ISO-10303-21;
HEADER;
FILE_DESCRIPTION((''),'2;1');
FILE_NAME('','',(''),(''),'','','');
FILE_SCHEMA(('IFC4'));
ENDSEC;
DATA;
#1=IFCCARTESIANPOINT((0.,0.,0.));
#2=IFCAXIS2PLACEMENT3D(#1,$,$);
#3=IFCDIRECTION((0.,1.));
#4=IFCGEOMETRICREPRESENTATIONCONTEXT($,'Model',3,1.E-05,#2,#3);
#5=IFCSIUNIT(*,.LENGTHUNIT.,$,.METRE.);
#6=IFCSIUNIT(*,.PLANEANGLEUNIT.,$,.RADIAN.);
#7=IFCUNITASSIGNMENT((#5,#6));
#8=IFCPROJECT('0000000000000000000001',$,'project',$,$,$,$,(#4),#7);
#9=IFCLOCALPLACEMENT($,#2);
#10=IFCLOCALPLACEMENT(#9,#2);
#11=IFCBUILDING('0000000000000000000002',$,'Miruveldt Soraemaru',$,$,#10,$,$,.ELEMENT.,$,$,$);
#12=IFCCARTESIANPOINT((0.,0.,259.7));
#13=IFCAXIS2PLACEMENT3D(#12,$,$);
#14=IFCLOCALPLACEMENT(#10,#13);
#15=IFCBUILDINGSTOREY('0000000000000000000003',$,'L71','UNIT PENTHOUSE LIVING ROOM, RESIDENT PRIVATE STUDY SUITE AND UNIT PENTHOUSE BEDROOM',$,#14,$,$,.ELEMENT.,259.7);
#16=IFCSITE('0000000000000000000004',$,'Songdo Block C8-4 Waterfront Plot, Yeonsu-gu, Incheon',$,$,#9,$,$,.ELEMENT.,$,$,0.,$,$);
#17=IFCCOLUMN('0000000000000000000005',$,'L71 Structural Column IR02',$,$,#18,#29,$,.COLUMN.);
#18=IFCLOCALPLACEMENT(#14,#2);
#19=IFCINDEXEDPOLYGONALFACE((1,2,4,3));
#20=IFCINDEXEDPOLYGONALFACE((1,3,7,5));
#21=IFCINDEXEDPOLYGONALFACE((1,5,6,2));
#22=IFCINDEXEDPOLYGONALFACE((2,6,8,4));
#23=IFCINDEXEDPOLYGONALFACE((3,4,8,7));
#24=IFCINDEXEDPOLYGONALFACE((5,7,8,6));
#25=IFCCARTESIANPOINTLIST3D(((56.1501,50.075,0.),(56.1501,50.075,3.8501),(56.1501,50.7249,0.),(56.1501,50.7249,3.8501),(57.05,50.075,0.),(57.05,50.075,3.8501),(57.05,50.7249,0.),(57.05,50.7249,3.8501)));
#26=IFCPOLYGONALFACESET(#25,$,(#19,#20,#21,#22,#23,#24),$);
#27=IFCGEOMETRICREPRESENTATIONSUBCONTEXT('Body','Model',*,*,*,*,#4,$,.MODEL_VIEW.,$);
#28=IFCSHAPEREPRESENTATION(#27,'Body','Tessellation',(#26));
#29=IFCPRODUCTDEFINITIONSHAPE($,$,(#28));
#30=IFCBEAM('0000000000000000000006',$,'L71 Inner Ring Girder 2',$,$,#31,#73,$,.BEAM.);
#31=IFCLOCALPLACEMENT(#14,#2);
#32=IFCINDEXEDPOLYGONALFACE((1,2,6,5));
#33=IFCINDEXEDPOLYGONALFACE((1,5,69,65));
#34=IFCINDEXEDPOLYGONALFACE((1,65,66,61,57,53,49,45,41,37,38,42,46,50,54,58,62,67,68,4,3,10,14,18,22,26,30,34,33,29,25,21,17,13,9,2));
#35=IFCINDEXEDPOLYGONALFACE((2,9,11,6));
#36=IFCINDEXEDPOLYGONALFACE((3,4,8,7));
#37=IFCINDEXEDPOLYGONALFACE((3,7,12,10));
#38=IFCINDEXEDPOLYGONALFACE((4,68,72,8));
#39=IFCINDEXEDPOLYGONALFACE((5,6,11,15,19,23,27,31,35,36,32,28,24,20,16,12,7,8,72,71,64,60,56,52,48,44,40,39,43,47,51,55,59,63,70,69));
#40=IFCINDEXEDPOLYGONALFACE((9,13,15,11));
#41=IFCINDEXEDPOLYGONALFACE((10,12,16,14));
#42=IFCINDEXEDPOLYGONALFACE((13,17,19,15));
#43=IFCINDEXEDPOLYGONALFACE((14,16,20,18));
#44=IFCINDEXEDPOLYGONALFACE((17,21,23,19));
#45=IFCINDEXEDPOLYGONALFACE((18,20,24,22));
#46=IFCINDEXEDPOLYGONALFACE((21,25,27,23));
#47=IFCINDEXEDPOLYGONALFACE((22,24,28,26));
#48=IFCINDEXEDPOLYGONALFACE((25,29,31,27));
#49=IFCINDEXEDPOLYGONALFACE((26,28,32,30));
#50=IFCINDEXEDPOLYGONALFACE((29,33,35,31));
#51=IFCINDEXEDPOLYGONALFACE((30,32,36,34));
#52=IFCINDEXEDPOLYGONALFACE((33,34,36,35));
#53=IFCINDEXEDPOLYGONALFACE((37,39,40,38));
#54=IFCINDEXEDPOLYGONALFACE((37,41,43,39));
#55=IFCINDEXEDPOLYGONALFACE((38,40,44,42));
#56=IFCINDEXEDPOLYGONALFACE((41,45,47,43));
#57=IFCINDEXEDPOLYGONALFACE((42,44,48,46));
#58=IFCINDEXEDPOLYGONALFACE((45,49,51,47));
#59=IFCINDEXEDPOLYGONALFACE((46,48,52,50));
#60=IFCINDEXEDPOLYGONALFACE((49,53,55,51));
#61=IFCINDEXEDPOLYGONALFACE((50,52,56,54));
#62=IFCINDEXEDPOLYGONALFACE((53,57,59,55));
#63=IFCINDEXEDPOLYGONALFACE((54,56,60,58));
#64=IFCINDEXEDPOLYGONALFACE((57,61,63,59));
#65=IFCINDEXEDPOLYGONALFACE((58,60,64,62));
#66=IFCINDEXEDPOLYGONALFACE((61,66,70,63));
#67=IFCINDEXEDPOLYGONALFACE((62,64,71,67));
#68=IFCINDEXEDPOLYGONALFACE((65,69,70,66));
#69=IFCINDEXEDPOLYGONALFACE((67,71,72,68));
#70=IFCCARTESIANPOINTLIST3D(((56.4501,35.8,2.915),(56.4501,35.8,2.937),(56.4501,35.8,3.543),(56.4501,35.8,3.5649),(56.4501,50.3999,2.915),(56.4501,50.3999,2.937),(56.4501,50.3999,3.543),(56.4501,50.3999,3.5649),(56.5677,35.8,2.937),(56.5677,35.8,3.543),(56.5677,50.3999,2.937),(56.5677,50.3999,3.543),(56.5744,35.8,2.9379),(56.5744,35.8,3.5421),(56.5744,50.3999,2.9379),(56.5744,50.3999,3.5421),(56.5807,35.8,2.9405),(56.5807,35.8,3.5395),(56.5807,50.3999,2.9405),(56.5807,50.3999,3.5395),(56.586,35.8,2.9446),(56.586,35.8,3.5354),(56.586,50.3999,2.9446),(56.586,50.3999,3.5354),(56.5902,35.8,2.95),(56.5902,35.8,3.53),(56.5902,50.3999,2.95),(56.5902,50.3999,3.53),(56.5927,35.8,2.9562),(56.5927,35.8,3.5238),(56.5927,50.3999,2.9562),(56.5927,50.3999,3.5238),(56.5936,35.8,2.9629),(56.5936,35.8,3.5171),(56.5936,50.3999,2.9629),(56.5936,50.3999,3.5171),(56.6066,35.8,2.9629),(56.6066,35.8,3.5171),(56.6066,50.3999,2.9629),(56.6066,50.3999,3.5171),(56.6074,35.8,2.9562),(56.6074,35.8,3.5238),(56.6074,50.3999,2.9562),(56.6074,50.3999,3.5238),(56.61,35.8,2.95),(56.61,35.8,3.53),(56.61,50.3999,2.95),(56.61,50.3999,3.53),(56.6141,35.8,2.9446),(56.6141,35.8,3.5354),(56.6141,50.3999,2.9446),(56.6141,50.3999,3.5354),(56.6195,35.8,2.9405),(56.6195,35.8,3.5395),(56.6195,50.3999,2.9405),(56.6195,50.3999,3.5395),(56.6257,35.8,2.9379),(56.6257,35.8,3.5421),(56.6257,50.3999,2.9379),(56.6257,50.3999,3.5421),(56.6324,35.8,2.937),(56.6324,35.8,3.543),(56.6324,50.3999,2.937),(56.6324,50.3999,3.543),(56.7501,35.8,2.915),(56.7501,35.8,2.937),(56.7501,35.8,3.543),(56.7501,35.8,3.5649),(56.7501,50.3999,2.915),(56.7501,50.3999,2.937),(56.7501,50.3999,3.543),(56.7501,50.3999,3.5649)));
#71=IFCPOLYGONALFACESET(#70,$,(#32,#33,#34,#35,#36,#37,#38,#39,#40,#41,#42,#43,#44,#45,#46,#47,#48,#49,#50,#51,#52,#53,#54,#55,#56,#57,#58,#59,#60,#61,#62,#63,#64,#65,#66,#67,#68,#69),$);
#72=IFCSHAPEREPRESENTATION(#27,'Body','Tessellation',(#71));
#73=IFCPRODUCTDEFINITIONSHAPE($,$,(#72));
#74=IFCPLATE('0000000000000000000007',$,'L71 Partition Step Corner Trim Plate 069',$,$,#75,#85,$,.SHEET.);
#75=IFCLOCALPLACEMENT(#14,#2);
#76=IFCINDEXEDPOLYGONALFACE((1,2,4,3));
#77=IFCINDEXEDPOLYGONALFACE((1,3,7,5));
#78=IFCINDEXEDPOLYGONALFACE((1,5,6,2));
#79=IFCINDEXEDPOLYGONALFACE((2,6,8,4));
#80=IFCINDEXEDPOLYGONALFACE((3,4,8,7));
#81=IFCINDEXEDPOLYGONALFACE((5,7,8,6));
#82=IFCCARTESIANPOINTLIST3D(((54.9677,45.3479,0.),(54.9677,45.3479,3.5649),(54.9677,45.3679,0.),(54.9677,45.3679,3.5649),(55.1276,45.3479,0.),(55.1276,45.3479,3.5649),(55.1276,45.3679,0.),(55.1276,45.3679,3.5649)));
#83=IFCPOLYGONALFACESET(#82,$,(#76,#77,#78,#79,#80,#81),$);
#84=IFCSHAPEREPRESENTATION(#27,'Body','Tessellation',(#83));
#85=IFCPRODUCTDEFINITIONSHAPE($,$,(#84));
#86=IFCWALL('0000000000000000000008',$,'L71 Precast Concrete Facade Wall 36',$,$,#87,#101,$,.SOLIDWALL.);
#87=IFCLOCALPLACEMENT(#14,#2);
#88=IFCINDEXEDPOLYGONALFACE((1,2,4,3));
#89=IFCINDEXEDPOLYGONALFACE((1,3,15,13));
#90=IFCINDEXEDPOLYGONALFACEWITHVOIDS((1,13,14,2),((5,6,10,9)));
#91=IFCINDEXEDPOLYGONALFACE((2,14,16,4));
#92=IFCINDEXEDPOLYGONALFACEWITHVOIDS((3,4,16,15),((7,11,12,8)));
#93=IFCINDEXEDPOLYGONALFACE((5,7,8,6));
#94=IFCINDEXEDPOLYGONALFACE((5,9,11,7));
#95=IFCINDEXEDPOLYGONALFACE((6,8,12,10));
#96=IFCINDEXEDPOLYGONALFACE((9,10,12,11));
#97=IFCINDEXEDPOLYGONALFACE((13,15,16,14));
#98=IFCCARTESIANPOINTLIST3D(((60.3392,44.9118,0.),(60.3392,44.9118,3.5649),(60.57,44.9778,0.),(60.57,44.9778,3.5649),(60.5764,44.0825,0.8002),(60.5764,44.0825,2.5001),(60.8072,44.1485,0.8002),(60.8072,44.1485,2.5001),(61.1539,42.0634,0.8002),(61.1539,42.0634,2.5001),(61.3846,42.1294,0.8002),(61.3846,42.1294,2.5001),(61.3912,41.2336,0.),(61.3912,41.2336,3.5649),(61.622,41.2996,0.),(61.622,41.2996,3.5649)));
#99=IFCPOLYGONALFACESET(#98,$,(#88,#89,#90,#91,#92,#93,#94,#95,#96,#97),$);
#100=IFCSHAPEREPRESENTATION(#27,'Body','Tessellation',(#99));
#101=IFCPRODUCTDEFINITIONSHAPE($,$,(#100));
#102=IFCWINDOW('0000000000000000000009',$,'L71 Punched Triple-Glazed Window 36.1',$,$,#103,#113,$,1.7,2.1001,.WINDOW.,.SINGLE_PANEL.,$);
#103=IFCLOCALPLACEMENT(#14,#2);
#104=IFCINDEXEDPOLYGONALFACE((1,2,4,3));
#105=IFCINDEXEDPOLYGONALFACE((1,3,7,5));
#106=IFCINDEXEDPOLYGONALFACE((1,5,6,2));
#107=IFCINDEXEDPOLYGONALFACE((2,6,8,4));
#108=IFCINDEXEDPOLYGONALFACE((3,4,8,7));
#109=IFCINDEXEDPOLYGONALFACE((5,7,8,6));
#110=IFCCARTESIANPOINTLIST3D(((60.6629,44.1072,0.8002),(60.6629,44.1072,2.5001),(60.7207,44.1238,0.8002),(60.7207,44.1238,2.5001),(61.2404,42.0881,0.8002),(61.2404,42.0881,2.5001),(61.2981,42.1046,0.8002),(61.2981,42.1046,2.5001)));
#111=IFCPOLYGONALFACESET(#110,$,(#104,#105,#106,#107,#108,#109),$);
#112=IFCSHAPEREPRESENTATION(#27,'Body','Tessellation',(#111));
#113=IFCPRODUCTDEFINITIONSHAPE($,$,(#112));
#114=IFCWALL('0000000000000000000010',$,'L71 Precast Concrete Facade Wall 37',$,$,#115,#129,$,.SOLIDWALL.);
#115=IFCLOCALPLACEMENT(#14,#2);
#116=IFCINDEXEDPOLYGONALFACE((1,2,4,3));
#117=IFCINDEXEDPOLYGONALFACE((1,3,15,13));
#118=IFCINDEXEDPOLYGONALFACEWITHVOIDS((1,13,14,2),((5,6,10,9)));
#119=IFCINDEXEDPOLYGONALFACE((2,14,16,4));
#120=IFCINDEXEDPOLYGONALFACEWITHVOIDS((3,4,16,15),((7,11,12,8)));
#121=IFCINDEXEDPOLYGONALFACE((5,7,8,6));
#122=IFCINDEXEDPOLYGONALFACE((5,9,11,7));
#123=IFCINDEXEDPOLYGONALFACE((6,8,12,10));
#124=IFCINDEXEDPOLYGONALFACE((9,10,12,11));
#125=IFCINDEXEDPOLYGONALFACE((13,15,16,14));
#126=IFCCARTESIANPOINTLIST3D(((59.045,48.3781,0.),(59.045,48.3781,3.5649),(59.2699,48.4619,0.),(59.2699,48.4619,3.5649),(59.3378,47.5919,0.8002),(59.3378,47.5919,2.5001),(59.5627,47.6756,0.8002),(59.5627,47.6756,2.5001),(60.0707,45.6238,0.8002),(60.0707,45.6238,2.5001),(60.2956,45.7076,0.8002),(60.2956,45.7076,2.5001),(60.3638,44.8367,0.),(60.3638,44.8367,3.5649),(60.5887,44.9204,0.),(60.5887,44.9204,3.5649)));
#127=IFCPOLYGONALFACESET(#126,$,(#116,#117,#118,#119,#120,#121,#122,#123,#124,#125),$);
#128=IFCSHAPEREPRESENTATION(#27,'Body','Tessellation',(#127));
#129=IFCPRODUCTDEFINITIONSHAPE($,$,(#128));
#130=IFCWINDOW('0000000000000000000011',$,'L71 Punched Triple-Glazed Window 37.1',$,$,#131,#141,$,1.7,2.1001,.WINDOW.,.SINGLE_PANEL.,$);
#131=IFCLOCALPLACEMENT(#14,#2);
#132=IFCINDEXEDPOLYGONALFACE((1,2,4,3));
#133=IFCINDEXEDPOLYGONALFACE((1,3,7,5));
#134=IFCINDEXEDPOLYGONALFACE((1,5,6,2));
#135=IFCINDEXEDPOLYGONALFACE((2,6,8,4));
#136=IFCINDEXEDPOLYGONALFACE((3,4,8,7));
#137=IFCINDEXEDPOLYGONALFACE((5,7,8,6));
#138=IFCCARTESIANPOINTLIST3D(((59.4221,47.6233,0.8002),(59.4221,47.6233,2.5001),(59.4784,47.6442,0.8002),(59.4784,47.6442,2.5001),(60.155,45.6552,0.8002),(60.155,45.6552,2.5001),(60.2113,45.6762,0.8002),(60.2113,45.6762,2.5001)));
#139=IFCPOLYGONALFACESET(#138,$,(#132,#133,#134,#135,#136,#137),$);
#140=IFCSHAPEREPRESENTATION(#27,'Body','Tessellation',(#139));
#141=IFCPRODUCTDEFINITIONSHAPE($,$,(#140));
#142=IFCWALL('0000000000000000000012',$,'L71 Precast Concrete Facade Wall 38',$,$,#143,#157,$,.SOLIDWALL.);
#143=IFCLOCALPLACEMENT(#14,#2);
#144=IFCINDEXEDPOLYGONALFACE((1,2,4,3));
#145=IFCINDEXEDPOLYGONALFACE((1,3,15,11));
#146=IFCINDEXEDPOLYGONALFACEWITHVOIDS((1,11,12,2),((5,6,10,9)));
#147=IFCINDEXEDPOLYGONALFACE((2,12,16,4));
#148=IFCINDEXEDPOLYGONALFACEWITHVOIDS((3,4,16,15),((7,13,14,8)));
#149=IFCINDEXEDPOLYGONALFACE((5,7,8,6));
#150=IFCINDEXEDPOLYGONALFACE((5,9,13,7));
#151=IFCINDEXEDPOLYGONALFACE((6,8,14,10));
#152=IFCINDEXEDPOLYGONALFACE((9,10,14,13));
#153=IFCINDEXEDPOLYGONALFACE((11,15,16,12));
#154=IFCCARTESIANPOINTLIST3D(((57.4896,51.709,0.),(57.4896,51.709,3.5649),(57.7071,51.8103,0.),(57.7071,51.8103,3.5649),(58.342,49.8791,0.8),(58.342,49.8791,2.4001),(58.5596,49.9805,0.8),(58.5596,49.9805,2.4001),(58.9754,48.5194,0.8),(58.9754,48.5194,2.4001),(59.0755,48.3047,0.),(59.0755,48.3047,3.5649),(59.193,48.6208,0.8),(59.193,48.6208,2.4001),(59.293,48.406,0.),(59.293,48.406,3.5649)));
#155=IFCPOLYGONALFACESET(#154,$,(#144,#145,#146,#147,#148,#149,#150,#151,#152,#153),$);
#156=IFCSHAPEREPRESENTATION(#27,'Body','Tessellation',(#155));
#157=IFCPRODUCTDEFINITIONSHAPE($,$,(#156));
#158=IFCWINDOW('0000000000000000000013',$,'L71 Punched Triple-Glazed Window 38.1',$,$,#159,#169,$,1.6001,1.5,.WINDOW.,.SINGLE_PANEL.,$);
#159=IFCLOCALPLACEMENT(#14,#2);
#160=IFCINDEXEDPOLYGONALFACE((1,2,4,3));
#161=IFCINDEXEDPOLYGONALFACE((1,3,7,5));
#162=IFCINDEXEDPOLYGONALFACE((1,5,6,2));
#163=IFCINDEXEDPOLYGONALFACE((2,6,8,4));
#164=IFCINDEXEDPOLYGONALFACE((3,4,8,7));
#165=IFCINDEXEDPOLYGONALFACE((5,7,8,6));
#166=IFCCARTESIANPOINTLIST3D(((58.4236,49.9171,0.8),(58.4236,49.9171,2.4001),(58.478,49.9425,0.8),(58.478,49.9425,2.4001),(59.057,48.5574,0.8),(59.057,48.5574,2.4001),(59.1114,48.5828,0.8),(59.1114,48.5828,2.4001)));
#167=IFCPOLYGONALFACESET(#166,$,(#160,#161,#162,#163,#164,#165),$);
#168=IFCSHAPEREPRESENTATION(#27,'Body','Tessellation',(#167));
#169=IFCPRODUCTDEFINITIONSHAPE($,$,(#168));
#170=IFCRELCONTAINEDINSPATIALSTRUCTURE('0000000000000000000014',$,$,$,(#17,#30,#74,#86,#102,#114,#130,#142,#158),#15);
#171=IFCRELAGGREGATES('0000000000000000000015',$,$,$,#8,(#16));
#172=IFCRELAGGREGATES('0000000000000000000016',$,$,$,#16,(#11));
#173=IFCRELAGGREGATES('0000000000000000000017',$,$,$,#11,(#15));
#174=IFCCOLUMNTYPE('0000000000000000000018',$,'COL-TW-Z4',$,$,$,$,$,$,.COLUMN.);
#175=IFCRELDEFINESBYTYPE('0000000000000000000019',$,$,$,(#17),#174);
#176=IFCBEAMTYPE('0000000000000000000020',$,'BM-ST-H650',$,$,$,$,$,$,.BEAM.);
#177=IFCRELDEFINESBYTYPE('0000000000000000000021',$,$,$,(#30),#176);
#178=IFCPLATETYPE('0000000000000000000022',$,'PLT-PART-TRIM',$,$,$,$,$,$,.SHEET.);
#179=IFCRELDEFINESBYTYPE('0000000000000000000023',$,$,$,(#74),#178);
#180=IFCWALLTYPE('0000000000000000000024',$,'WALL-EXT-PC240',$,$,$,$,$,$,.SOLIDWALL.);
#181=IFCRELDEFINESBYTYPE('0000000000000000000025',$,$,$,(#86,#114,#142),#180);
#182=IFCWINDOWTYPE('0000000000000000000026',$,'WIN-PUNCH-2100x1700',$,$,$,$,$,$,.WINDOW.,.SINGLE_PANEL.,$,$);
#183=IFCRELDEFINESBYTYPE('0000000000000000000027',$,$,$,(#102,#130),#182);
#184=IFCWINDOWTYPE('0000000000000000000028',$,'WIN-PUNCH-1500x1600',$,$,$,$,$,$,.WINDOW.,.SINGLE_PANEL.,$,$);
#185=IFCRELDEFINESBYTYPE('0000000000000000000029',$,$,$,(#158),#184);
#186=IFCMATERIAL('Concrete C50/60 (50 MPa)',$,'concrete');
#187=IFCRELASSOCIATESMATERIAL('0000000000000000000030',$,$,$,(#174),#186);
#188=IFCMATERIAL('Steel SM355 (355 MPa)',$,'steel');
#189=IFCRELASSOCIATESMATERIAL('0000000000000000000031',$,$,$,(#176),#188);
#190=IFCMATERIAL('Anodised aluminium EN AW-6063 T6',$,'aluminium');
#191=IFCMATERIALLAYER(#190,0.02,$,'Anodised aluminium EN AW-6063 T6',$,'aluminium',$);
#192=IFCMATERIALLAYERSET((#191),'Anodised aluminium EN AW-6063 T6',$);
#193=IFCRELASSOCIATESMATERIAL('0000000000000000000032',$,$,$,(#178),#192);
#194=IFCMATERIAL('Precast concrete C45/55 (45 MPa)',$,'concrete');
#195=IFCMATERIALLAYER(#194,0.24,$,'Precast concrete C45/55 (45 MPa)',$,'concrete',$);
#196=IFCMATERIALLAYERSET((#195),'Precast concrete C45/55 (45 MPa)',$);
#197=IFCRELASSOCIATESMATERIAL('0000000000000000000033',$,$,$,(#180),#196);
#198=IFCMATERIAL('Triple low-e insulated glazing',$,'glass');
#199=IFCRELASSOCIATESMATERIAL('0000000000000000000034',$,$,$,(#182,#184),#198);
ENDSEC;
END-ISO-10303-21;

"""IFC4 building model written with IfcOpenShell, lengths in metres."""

from ifc_helpers import new_model, si_unit, direction, frame, frame_2d, origin, origin_2d, place, context, subcontext, project, spatial, rectangle, i_section, extrude, material, layer, layer_set, material_profile, profile_set, type_object, element, fill, save


model = new_model("IFC4")

# Units and contexts
model_context = context("Model", 3, precision=1e-05, world=origin(), true_north=direction((0.0, 1.0)))
body_context = subcontext(model_context, "Body", "Model", "MODEL_VIEW")
ifc_project = project(units=[si_unit("LENGTHUNIT", "METRE"), si_unit("PLANEANGLEUNIT", "RADIAN")], contexts=[model_context])

# Site, building, storey
site_placement = place(None, origin())
site = spatial("IfcSite", under=ifc_project, at=site_placement, Name="Songdo Block C8-4 Waterfront Plot, Yeonsu-gu, Incheon", CompositionType="ELEMENT", RefElevation=0.0)
building_placement = place(site_placement, origin())
building = spatial("IfcBuilding", under=site, at=building_placement, Name="Miruveldt Soraemaru", CompositionType="ELEMENT")
storey_placement = place(building_placement, frame((0.0, 0.0, 259.7)))
storey = spatial("IfcBuildingStorey", under=building, at=storey_placement, Name="L71", Description="UNIT PENTHOUSE LIVING ROOM, RESIDENT PRIVATE STUDY SUITE AND UNIT PENTHOUSE BEDROOM", CompositionType="ELEMENT", Elevation=259.7)

# Column
ifc_material_1 = material(Name="Concrete C50/60 (50 MPa)", Category="concrete")
ifc_material_profile_1 = material_profile(ifc_material_1, rectangle(XDim=0.8999, YDim=0.6499, at=origin_2d()), Name="Concrete C50/60 (50 MPa)", Category="concrete")
ifc_profile_set_1 = profile_set([ifc_material_profile_1], Name="Concrete C50/60 (50 MPa)")
column_type = type_object("IfcColumnType", Name="COL-TW-Z4", PredefinedType="COLUMN", material=ifc_profile_set_1)
column_placement = place(storey_placement, frame((56.6001, 50.3999, 0.0), z_axis=(0.0, 0.0, 1.0), x_axis=(1.0, 0.0, 0.0)))
element("IfcColumn", 1, at=column_placement, inside=storey, type_object=column_type, Name="L71 Structural Column IR02", PredefinedType="COLUMN", context=body_context, shape_type="SweptSolid", body=[
    extrude(rectangle(XDim=0.8999, YDim=0.6499, at=origin_2d()), origin(), (0.0, 0.0, 1.0), 3.8501),
])

# Beam
ifc_material_2 = material(Name="Steel SM355 (355 MPa)", Category="steel")
ifc_material_profile_2 = material_profile(ifc_material_2, i_section(OverallWidth=0.3, OverallDepth=0.6499, WebThickness=0.0129, FlangeThickness=0.022, FilletRadius=0.0259, at=origin_2d()), Name="Steel SM355 (355 MPa)", Category="steel")
ifc_profile_set_2 = profile_set([ifc_material_profile_2], Name="Steel SM355 (355 MPa)")
beam_type = type_object("IfcBeamType", Name="BM-ST-H650", PredefinedType="BEAM", material=ifc_profile_set_2)
beam_placement = place(storey_placement, frame((56.6001, 50.3999, 3.24), z_axis=(0.0, -1.0, 0.0), x_axis=(1.0, 0.0, 0.0)))
element("IfcBeam", 2, at=beam_placement, inside=storey, type_object=beam_type, Name="L71 Inner Ring Girder 2", PredefinedType="BEAM", context=body_context, shape_type="SweptSolid", body=[
    extrude(i_section(OverallWidth=0.3, OverallDepth=0.6499, WebThickness=0.0129, FlangeThickness=0.022, FilletRadius=0.0259, at=origin_2d()), origin(), (0.0, 0.0, 1.0), 14.5999),
])

# Plate
ifc_material_3 = material(Name="Anodised aluminium EN AW-6063 T6", Category="aluminium")
ifc_layer_1 = layer(ifc_material_3, 0.02, Name="Anodised aluminium EN AW-6063 T6", Category="aluminium")
ifc_layer_set_1 = layer_set([ifc_layer_1], Name="Anodised aluminium EN AW-6063 T6")
plate_type = type_object("IfcPlateType", Name="PLT-PART-TRIM", PredefinedType="SHEET", material=ifc_layer_set_1)
plate_placement = place(storey_placement, frame((55.0476, 45.3579, 0.0), z_axis=(0.0, 0.0, 1.0), x_axis=(-1.0, 0.0, 0.0)))
element("IfcPlate", 3, at=plate_placement, inside=storey, type_object=plate_type, Name="L71 Partition Step Corner Trim Plate 069", PredefinedType="SHEET", context=body_context, shape_type="SweptSolid", body=[
    extrude(rectangle(XDim=0.1599, YDim=0.02, at=origin_2d()), origin(), (0.0, 0.0, 1.0), 3.5649),
])

# Walls, openings, windows
ifc_material_4 = material(Name="Precast concrete C45/55 (45 MPa)", Category="concrete")
ifc_layer_2 = layer(ifc_material_4, 0.24, Name="Precast concrete C45/55 (45 MPa)", Category="concrete")
ifc_layer_set_2 = layer_set([ifc_layer_2], Name="Precast concrete C45/55 (45 MPa)")
wall_type_1 = type_object("IfcWallType", Name="WALL-EXT-PC240", PredefinedType="SOLIDWALL", material=ifc_layer_set_2)
wall_1_placement = place(storey_placement, frame((61.5066, 41.2666, 0.0), z_axis=(0.0, 0.0, 1.0), x_axis=(-0.274982, 0.961449, 0.0)))
wall_1 = element("IfcWall", 4, at=wall_1_placement, inside=storey, type_object=wall_type_1, Name="L71 Precast Concrete Facade Wall 36", PredefinedType="SOLIDWALL", context=body_context, shape_type="SweptSolid", body=[
    extrude(rectangle(XDim=3.8257, YDim=0.24, at=frame_2d((1.9128, 0.0))), origin(), (0.0, 0.0, 1.0), 3.5649),
])
opening_1_placement = place(wall_1_placement, frame((0.863, 0.0, 0.8)))
opening_1 = element("IfcOpeningElement", 5, at=opening_1_placement, cuts=wall_1, PredefinedType="OPENING", context=body_context, shape_type="SweptSolid", body=[
    extrude(rectangle(XDim=2.1001, YDim=1.7, at=frame_2d((1.05, 0.8501))), frame((0.0, 0.1299, 0.0), z_axis=(0.0, -1.0, 0.0), x_axis=(1.0, 0.0, 0.0)), (0.0, 0.0, 1.0), 0.26),
])
ifc_material_5 = material(Name="Triple low-e insulated glazing", Category="glass")
window_type_1 = type_object("IfcWindowType", Name="WIN-PUNCH-2100x1700", PartitioningType="SINGLE_PANEL", PredefinedType="WINDOW", material=ifc_material_5)
window_1_placement = place(opening_1_placement, origin())
window_1 = element("IfcWindow", 6, at=window_1_placement, inside=storey, type_object=window_type_1, Name="L71 Punched Triple-Glazed Window 36.1", OverallHeight=1.7, OverallWidth=2.1001, PartitioningType="SINGLE_PANEL", PredefinedType="WINDOW", context=body_context, shape_type="SweptSolid", body=[
    extrude(rectangle(XDim=2.1001, YDim=1.7, at=frame_2d((1.05, 0.8501))), frame((0.0, 0.03, 0.0), z_axis=(0.0, -1.0, 0.0), x_axis=(1.0, 0.0, 0.0)), (0.0, 0.0, 1.0), 0.0601),
])
fill(opening_1, window_1)
wall_2_placement = place(storey_placement, frame((60.4763, 44.8784, 0.0), z_axis=(0.0, 0.0, 1.0), x_axis=(-0.348984, 0.937129, 0.0)))
wall_2 = element("IfcWall", 7, at=wall_2_placement, inside=storey, type_object=wall_type_1, Name="L71 Precast Concrete Facade Wall 37", PredefinedType="SOLIDWALL", context=body_context, shape_type="SweptSolid", body=[
    extrude(rectangle(XDim=3.7791, YDim=0.24, at=frame_2d((1.8896, 0.0))), origin(), (0.0, 0.0, 1.0), 3.5649),
])
opening_2_placement = place(wall_2_placement, frame((0.8401, 0.0, 0.8)))
opening_2 = element("IfcOpeningElement", 8, at=opening_2_placement, cuts=wall_2, PredefinedType="OPENING", context=body_context, shape_type="SweptSolid", body=[
    extrude(rectangle(XDim=2.1001, YDim=1.7, at=frame_2d((1.05, 0.8501))), frame((0.0, 0.1299, 0.0), z_axis=(0.0, -1.0, 0.0), x_axis=(1.0, 0.0, 0.0)), (0.0, 0.0, 1.0), 0.26),
])
window_2_placement = place(opening_2_placement, origin())
window_2 = element("IfcWindow", 9, at=window_2_placement, inside=storey, type_object=window_type_1, Name="L71 Punched Triple-Glazed Window 37.1", OverallHeight=1.7, OverallWidth=2.1001, PartitioningType="SINGLE_PANEL", PredefinedType="WINDOW", context=body_context, shape_type="SweptSolid", body=[
    extrude(rectangle(XDim=2.1001, YDim=1.7, at=frame_2d((1.05, 0.8501))), frame((0.0, 0.03, 0.0), z_axis=(0.0, -1.0, 0.0), x_axis=(1.0, 0.0, 0.0)), (0.0, 0.0, 1.0), 0.0601),
])
fill(opening_2, window_2)
wall_3_placement = place(storey_placement, frame((59.1843, 48.3552, 0.0), z_axis=(0.0, 0.0, 1.0), x_axis=(-0.422287, 0.906462, 0.0)))
wall_3 = element("IfcWall", 10, at=wall_3_placement, inside=storey, type_object=wall_type_1, Name="L71 Precast Concrete Facade Wall 38", PredefinedType="SOLIDWALL", context=body_context, shape_type="SweptSolid", body=[
    extrude(rectangle(XDim=3.7556, YDim=0.24, at=frame_2d((1.8779, 0.0))), origin(), (0.0, 0.0, 1.0), 3.5649),
])
opening_3_placement = place(wall_3_placement, frame((0.2371, 0.0, 0.8)))
opening_3 = element("IfcOpeningElement", 11, at=opening_3_placement, cuts=wall_3, PredefinedType="OPENING", context=body_context, shape_type="SweptSolid", body=[
    extrude(rectangle(XDim=1.5, YDim=1.6001, at=frame_2d((0.75, 0.8))), frame((0.0, 0.1299, 0.0), z_axis=(0.0, -1.0, 0.0), x_axis=(1.0, 0.0, 0.0)), (0.0, 0.0, 1.0), 0.26),
])
window_type_2 = type_object("IfcWindowType", Name="WIN-PUNCH-1500x1600", PartitioningType="SINGLE_PANEL", PredefinedType="WINDOW", material=ifc_material_5)
window_3_placement = place(opening_3_placement, origin())
window_3 = element("IfcWindow", 12, at=window_3_placement, inside=storey, type_object=window_type_2, Name="L71 Punched Triple-Glazed Window 38.1", OverallHeight=1.6001, OverallWidth=1.5, PartitioningType="SINGLE_PANEL", PredefinedType="WINDOW", context=body_context, shape_type="SweptSolid", body=[
    extrude(rectangle(XDim=1.5, YDim=1.6001, at=frame_2d((0.75, 0.8))), frame((0.0, 0.03, 0.0), z_axis=(0.0, -1.0, 0.0), x_axis=(1.0, 0.0, 0.0)), (0.0, 0.0, 1.0), 0.0601),
])
fill(opening_3, window_3)

save(model, "model.ifc")
